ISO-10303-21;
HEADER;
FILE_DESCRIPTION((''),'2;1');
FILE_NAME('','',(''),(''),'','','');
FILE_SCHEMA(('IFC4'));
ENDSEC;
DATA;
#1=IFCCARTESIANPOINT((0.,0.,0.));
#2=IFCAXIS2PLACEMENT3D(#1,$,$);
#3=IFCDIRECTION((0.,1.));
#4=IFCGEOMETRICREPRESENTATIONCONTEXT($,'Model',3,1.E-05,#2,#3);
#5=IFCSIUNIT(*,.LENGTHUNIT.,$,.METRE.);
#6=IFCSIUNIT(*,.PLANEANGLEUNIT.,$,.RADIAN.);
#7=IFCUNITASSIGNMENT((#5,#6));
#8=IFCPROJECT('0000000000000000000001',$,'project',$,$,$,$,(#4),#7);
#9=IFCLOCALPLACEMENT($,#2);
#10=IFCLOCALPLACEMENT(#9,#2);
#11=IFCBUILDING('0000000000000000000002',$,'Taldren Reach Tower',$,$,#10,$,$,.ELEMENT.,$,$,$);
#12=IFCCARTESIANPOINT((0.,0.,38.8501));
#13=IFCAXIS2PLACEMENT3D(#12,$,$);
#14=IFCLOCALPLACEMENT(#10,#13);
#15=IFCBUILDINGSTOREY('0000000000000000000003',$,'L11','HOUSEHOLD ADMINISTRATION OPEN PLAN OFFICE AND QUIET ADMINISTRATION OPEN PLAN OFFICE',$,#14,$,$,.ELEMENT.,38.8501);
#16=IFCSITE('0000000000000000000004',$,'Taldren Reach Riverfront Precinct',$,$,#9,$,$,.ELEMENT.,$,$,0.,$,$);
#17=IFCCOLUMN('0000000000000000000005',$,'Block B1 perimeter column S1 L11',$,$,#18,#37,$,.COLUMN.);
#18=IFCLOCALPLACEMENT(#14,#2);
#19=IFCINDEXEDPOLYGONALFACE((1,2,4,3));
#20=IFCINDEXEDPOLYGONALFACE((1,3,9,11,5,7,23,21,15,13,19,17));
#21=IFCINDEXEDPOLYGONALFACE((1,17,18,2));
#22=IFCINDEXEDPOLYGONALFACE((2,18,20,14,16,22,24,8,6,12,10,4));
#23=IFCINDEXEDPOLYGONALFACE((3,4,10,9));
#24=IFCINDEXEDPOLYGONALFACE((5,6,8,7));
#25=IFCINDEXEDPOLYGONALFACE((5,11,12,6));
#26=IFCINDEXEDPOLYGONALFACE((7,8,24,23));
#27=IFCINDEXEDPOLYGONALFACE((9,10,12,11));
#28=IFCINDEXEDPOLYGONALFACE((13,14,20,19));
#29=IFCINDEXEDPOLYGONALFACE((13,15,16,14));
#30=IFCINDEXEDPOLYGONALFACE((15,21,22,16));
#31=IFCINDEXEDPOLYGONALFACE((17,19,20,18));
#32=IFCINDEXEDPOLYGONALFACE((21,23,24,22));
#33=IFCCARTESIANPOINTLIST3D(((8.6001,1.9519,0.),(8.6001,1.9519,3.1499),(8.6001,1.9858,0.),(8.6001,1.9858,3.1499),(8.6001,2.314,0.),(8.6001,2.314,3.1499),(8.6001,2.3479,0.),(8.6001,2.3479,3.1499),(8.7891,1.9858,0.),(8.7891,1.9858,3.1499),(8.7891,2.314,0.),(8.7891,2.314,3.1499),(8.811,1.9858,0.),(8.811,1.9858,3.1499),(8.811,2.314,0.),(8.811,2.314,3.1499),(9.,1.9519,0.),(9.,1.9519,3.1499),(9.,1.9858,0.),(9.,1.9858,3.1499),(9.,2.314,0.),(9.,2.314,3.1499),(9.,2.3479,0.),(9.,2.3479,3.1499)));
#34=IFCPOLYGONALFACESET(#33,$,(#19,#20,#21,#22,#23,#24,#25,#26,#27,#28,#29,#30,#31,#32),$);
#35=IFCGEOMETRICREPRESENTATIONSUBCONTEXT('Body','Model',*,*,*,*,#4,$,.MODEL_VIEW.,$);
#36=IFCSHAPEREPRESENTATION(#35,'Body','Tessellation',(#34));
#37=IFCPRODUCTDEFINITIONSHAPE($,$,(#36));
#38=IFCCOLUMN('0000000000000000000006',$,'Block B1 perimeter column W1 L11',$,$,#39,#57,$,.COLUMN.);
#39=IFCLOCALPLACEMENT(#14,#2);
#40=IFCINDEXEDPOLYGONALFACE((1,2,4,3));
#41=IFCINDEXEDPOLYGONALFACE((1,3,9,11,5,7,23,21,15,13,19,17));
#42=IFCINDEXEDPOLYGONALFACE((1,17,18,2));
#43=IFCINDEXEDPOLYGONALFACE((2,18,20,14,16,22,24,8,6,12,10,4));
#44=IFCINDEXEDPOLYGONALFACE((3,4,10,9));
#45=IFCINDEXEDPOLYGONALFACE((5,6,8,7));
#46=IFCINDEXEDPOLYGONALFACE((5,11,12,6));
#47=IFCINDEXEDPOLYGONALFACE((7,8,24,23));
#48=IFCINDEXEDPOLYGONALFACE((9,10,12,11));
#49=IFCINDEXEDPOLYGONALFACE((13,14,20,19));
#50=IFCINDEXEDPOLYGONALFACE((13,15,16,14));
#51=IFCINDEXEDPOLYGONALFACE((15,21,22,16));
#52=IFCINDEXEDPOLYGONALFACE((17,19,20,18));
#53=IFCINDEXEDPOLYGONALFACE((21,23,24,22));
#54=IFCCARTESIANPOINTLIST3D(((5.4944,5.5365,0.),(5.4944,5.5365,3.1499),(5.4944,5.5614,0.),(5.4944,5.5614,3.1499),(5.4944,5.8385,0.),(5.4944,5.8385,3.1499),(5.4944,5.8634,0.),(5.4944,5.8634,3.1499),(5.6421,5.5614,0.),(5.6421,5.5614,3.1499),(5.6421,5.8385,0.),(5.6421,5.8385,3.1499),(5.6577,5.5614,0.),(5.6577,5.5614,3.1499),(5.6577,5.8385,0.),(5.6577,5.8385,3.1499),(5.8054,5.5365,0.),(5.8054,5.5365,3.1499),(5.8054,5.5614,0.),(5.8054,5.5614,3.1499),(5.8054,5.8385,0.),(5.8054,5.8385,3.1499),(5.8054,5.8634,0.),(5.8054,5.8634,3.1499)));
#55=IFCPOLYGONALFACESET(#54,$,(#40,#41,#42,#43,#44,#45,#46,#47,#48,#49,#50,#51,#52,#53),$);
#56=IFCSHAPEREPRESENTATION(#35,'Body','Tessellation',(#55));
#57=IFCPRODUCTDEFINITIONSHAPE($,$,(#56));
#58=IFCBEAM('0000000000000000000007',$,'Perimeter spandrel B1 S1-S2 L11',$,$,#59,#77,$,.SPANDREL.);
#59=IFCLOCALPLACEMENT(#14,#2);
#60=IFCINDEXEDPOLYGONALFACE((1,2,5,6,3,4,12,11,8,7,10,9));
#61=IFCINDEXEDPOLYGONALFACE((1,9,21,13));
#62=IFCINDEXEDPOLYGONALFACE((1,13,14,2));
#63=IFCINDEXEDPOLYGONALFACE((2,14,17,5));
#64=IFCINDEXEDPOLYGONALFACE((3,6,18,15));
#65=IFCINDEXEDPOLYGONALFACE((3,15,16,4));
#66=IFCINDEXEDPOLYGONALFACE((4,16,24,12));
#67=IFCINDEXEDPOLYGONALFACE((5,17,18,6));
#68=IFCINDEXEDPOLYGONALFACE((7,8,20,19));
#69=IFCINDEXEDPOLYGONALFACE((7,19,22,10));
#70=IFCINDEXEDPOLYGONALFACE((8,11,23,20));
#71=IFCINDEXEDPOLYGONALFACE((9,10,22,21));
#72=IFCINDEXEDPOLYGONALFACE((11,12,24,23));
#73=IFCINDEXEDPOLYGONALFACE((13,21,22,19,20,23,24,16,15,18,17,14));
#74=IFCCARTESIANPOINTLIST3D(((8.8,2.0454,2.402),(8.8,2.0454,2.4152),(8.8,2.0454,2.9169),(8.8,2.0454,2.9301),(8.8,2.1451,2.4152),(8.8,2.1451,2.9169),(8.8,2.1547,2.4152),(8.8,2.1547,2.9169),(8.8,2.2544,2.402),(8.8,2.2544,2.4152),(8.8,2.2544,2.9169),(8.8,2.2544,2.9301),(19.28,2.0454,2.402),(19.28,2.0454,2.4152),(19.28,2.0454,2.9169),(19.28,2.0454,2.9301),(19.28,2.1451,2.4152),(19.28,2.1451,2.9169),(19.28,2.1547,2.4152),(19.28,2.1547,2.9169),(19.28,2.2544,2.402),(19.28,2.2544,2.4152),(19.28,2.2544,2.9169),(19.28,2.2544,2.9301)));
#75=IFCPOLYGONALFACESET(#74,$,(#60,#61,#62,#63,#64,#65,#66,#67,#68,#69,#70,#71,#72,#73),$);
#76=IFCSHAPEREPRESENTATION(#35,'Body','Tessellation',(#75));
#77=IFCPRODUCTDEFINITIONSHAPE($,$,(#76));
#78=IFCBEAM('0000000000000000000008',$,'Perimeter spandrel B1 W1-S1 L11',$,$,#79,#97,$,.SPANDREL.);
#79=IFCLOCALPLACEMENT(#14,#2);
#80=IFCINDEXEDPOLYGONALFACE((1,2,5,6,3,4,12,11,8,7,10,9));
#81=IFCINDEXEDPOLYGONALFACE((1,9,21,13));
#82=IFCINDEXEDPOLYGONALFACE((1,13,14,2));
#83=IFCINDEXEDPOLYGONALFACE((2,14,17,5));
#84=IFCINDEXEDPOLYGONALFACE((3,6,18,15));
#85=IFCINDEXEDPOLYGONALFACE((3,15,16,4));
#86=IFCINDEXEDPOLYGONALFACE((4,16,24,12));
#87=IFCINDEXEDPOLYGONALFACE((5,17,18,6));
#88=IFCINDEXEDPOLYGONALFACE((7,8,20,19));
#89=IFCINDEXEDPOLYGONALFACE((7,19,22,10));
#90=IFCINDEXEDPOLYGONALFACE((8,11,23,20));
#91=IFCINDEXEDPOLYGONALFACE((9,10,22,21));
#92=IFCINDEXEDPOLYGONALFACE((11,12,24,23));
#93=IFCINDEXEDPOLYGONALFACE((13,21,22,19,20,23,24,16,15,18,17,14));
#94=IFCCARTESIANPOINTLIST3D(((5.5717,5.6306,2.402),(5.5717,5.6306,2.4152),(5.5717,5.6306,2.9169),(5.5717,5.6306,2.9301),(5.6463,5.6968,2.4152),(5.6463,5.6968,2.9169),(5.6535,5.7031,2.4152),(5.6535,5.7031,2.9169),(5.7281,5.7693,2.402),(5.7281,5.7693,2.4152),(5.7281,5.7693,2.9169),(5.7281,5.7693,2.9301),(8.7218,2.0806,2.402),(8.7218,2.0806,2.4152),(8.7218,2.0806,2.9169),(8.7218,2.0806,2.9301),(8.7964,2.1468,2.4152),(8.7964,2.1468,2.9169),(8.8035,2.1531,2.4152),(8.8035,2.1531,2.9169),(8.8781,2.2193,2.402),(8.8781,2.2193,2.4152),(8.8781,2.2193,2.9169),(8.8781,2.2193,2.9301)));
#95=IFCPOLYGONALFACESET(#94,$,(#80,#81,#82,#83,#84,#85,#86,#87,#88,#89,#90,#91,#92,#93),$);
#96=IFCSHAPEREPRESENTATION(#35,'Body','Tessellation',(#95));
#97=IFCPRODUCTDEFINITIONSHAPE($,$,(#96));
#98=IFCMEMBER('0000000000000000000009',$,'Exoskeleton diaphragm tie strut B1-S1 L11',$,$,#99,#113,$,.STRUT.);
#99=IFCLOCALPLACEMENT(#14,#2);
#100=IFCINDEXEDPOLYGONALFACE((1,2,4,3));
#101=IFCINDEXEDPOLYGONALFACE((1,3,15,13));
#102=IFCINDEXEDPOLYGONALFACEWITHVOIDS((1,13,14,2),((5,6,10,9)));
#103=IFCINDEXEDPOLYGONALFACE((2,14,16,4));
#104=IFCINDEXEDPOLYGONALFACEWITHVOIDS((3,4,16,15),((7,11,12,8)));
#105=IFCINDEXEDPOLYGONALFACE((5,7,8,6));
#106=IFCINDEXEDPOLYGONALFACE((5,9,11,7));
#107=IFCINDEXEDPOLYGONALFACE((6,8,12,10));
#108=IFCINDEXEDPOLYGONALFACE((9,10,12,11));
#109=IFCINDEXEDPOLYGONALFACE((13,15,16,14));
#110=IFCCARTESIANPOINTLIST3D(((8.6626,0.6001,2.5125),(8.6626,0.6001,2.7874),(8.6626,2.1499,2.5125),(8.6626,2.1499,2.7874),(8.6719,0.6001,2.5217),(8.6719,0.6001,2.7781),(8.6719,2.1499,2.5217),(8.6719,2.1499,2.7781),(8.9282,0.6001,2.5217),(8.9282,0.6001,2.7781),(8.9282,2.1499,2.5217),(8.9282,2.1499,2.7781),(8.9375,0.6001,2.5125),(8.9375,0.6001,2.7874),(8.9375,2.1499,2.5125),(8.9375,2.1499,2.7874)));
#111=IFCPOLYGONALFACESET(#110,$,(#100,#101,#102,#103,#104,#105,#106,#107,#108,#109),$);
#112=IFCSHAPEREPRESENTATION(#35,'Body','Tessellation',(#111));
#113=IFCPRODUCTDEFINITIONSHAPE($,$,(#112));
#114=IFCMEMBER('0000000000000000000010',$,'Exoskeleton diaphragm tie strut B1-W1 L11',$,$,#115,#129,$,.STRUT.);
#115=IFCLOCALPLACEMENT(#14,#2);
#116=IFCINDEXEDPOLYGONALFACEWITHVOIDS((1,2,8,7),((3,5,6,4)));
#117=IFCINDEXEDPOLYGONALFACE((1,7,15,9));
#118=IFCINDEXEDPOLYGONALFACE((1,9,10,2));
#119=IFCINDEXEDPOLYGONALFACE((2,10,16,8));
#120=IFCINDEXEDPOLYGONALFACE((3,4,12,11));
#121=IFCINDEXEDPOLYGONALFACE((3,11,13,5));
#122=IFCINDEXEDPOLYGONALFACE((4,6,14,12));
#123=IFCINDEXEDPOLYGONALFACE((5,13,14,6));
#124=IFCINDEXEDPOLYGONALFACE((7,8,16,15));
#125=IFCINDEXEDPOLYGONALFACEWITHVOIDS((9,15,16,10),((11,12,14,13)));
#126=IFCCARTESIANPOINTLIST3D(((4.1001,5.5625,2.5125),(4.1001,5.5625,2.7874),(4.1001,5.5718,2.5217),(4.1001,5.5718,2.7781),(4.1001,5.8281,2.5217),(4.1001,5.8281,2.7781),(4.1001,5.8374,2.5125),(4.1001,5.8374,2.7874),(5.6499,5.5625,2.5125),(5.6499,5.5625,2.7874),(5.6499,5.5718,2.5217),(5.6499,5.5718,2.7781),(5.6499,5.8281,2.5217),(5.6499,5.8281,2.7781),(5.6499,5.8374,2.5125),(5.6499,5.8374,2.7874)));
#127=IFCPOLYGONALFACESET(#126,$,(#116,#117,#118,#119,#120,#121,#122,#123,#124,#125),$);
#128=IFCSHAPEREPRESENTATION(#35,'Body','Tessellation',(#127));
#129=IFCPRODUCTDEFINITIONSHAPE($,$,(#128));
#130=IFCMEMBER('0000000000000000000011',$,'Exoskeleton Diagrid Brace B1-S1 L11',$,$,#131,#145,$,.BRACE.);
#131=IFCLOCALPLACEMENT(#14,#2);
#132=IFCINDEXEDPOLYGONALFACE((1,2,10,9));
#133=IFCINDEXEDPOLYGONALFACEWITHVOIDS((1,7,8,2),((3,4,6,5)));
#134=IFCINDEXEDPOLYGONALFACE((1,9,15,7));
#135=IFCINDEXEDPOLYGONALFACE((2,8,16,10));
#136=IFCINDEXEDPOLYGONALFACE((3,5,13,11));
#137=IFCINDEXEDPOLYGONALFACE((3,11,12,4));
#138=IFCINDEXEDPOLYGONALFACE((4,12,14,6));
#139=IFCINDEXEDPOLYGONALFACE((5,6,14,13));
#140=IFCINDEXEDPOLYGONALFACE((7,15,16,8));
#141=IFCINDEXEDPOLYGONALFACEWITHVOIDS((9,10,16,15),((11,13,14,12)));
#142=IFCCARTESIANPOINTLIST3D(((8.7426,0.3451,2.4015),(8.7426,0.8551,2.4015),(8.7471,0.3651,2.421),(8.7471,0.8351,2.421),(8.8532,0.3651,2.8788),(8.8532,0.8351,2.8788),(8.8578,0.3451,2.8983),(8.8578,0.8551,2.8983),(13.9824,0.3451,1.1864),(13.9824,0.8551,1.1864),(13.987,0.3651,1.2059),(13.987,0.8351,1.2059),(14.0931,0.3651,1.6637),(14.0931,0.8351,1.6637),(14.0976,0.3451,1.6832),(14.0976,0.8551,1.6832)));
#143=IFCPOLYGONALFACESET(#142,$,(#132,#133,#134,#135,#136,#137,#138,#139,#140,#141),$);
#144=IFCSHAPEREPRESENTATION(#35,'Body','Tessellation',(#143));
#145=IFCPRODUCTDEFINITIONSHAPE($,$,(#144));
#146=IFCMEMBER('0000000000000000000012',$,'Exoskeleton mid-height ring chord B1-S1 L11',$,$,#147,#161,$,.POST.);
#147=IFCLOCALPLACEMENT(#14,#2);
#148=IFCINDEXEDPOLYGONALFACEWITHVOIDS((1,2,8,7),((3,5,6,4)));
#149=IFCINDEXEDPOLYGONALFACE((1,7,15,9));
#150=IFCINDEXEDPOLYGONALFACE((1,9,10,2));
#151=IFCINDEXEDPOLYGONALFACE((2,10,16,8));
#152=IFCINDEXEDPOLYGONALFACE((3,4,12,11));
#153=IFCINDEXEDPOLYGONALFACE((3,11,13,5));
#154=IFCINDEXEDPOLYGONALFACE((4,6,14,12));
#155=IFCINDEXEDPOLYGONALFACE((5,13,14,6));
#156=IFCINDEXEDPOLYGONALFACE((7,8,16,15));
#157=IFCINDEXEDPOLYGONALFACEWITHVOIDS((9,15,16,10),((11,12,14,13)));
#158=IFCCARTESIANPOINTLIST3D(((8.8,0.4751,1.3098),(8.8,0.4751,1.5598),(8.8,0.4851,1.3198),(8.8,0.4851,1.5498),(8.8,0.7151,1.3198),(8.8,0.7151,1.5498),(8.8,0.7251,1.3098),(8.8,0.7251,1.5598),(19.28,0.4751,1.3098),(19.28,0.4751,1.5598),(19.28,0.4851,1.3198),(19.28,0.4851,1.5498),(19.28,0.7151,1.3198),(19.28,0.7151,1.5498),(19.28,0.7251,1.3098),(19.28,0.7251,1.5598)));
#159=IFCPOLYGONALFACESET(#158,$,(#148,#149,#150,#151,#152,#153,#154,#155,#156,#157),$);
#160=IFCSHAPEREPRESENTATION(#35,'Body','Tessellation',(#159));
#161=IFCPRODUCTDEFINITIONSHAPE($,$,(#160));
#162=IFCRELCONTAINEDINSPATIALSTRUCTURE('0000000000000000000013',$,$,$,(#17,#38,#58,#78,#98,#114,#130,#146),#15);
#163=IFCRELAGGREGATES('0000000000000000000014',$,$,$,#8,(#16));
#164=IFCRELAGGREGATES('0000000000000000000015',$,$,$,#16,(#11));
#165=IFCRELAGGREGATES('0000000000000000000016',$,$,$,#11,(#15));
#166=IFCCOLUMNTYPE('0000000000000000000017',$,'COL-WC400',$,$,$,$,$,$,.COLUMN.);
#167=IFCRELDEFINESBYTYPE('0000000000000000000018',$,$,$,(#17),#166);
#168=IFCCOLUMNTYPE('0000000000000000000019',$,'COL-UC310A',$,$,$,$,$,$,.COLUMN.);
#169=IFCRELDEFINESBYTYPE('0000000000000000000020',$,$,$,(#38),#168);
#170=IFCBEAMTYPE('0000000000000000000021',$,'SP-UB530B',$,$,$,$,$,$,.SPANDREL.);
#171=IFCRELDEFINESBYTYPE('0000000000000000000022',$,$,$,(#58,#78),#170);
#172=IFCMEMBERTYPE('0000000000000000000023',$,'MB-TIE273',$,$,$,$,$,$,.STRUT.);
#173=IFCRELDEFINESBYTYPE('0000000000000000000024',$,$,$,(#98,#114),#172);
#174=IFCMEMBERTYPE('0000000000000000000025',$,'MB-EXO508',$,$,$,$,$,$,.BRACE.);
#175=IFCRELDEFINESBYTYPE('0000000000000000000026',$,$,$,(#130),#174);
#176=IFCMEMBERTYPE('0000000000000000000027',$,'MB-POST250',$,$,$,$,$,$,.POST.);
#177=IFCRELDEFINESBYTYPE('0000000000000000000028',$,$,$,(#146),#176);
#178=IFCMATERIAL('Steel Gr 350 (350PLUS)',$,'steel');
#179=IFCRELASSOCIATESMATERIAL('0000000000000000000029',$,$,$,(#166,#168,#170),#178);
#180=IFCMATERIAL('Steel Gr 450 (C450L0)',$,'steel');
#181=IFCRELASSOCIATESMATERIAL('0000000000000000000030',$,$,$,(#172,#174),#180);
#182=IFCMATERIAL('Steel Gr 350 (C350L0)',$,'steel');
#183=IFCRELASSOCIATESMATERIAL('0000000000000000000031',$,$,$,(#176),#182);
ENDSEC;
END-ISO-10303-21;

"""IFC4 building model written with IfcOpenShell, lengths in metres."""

from ifc_helpers import new_model, si_unit, direction, frame, origin, origin_2d, place, context, subcontext, project, spatial, hollow_rectangle, i_section, extrude, source, transform, mapped, material, material_profile, profile_set, type_object, element, save


model = new_model("IFC4")

# Units and contexts
model_context = context("Model", 3, precision=1e-05, world=origin(), true_north=direction((0.0, 1.0)))
body_context = subcontext(model_context, "Body", "Model", "MODEL_VIEW")
ifc_project = project(units=[si_unit("LENGTHUNIT", "METRE"), si_unit("PLANEANGLEUNIT", "RADIAN")], contexts=[model_context])

# Site, building, storey
site_placement = place(None, origin())
site = spatial("IfcSite", under=ifc_project, at=site_placement, Name="Taldren Reach Riverfront Precinct", CompositionType="ELEMENT", RefElevation=0.0)
building_placement = place(site_placement, origin())
building = spatial("IfcBuilding", under=site, at=building_placement, Name="Taldren Reach Tower", CompositionType="ELEMENT")
storey_placement = place(building_placement, frame((0.0, 0.0, 38.8501)))
storey = spatial("IfcBuildingStorey", under=building, at=storey_placement, Name="L11", Description="HOUSEHOLD ADMINISTRATION OPEN PLAN OFFICE AND QUIET ADMINISTRATION OPEN PLAN OFFICE", CompositionType="ELEMENT", Elevation=38.8501)

# Columns
ifc_material_1 = material(Name="Steel Gr 350 (350PLUS)", Category="steel")
ifc_material_profile_1 = material_profile(ifc_material_1, i_section(OverallWidth=0.3999, OverallDepth=0.396, WebThickness=0.022, FlangeThickness=0.0339, at=origin_2d()), Name="400WC270")
ifc_profile_set_1 = profile_set([ifc_material_profile_1], Name="Steel Gr 350 (350PLUS)")
column_type_1 = type_object("IfcColumnType", Name="COL-WC400", PredefinedType="COLUMN", material=ifc_profile_set_1)
shared_shape_1 = source(origin(), body_context, "Body", "SweptSolid", [
    extrude(i_section(OverallWidth=0.3999, OverallDepth=0.396, WebThickness=0.022, FlangeThickness=0.0339, at=origin_2d()), origin(), (0.0, 0.0, 1.0), 3.1499),
])
column_1_placement = place(storey_placement, frame((8.8, 2.1499, 0.0), z_axis=(0.0, 0.0, 1.0), x_axis=(1.0, 0.0, 0.0)))
element("IfcColumn", 1, at=column_1_placement, inside=storey, type_object=column_type_1, Name="Block B1 perimeter column S1 L11", PredefinedType="COLUMN", context=body_context, shape_type="MappedRepresentation", body=[
    mapped(shared_shape_1, transform((0.0, 0.0, 0.0), scale=1.0)),
])
ifc_material_profile_2 = material_profile(ifc_material_1, i_section(OverallWidth=0.311, OverallDepth=0.3269, WebThickness=0.0156, FlangeThickness=0.0249, at=origin_2d()), Name="310UC158")
ifc_profile_set_2 = profile_set([ifc_material_profile_2], Name="Steel Gr 350 (350PLUS)")
column_type_2 = type_object("IfcColumnType", Name="COL-UC310A", PredefinedType="COLUMN", material=ifc_profile_set_2)
shared_shape_2 = source(origin(), body_context, "Body", "SweptSolid", [
    extrude(i_section(OverallWidth=0.311, OverallDepth=0.3269, WebThickness=0.0156, FlangeThickness=0.0249, at=origin_2d()), origin(), (0.0, 0.0, 1.0), 3.1499),
])
column_2_placement = place(storey_placement, frame((5.6499, 5.7, 0.0), z_axis=(0.0, 0.0, 1.0), x_axis=(1.0, 0.0, 0.0)))
element("IfcColumn", 2, at=column_2_placement, inside=storey, type_object=column_type_2, Name="Block B1 perimeter column W1 L11", PredefinedType="COLUMN", context=body_context, shape_type="MappedRepresentation", body=[
    mapped(shared_shape_2, transform((0.0, 0.0, 0.0), scale=1.0)),
])

# Beams
ifc_material_profile_3 = material_profile(ifc_material_1, i_section(OverallWidth=0.209, OverallDepth=0.5281, WebThickness=0.0095, FlangeThickness=0.0132, at=origin_2d()), Name="530UB82.0")
ifc_profile_set_3 = profile_set([ifc_material_profile_3], Name="Steel Gr 350 (350PLUS)")
beam_type = type_object("IfcBeamType", Name="SP-UB530B", PredefinedType="SPANDREL", material=ifc_profile_set_3)
shared_shape_3 = source(origin(), body_context, "Body", "SweptSolid", [
    extrude(i_section(OverallWidth=0.209, OverallDepth=0.5281, WebThickness=0.0095, FlangeThickness=0.0132, at=origin_2d()), origin(), (0.0, 0.0, 1.0), 10.48),
])
beam_1_placement = place(storey_placement, frame((8.8, 2.1499, 2.666), z_axis=(1.0, 0.0, 0.0), x_axis=(0.0, 1.0, 0.0)))
element("IfcBeam", 3, at=beam_1_placement, inside=storey, type_object=beam_type, Name="Perimeter spandrel B1 S1-S2 L11", PredefinedType="SPANDREL", context=body_context, shape_type="MappedRepresentation", body=[
    mapped(shared_shape_3, transform((0.0, 0.0, 0.0), scale=1.0)),
])
shared_shape_4 = source(origin(), body_context, "Body", "SweptSolid", [
    extrude(i_section(OverallWidth=0.209, OverallDepth=0.5281, WebThickness=0.0095, FlangeThickness=0.0132, at=origin_2d()), origin(), (0.0, 0.0, 1.0), 4.7461),
])
beam_2_placement = place(storey_placement, frame((5.6499, 5.7, 2.666), z_axis=(0.663722, -0.747979, 0.0), x_axis=(0.747979, 0.663722, 0.0)))
element("IfcBeam", 4, at=beam_2_placement, inside=storey, type_object=beam_type, Name="Perimeter spandrel B1 W1-S1 L11", PredefinedType="SPANDREL", context=body_context, shape_type="MappedRepresentation", body=[
    mapped(shared_shape_4, transform((0.0, 0.0, 0.0), scale=1.0)),
])

# Members
ifc_material_2 = material(Name="Steel Gr 450 (C450L0)", Category="steel")
ifc_material_profile_4 = material_profile(ifc_material_2, hollow_rectangle(XDim=0.2749, YDim=0.2749, WallThickness=0.0093, at=origin_2d()), Name="275x275x9.3SHS")
ifc_profile_set_4 = profile_set([ifc_material_profile_4], Name="Steel Gr 450 (C450L0)")
member_type_1 = type_object("IfcMemberType", Name="MB-TIE273", PredefinedType="STRUT", material=ifc_profile_set_4)
shared_shape_5 = source(origin(), body_context, "Body", "SweptSolid", [
    extrude(hollow_rectangle(XDim=0.2749, YDim=0.2749, WallThickness=0.0093, at=origin_2d()), origin(), (0.0, 0.0, 1.0), 1.5498),
])
for number, where, z_axis, x_axis, name in (
    (5, (8.8, 2.1499, 2.6499), (0.0, -1.0, 0.0), (1.0, 0.0, 0.0), "Exoskeleton diaphragm tie strut B1-S1 L11"),
    (6, (5.6499, 5.7, 2.6499), (-1.0, 0.0, 0.0), (0.0, -1.0, 0.0), "Exoskeleton diaphragm tie strut B1-W1 L11"),
):
    element("IfcMember", number, at=place(storey_placement, frame(where, z_axis=z_axis, x_axis=x_axis)), inside=storey, type_object=member_type_1, Name=name, PredefinedType="STRUT", context=body_context, shape_type="MappedRepresentation", body=[
        mapped(shared_shape_5, transform((0.0, 0.0, 0.0), scale=1.0)),
    ])
ifc_material_profile_5 = material_profile(ifc_material_2, hollow_rectangle(XDim=0.51, YDim=0.51, WallThickness=0.02, at=origin_2d()), Name="510x510x20.0SHS")
ifc_profile_set_5 = profile_set([ifc_material_profile_5], Name="Steel Gr 450 (C450L0)")
member_type_2 = type_object("IfcMemberType", Name="MB-EXO508", PredefinedType="BRACE", material=ifc_profile_set_5)
shared_shape_6 = source(origin(), body_context, "Body", "SweptSolid", [
    extrude(hollow_rectangle(XDim=0.51, YDim=0.51, WallThickness=0.02, at=origin_2d()), origin(), (0.0, 0.0, 1.0), 5.3789),
])
member_1_placement = place(storey_placement, frame((14.04, 0.6001, 1.4348), z_axis=(-0.974152, 0.0, 0.225894), x_axis=(0.0, -1.0, 0.0)))
element("IfcMember", 7, at=member_1_placement, inside=storey, type_object=member_type_2, Name="Exoskeleton Diagrid Brace B1-S1 L11", PredefinedType="BRACE", context=body_context, shape_type="MappedRepresentation", body=[
    mapped(shared_shape_6, transform((0.0, 0.0, 0.0), scale=1.0)),
])
ifc_material_3 = material(Name="Steel Gr 350 (C350L0)", Category="steel")
ifc_material_profile_6 = material_profile(ifc_material_3, hollow_rectangle(XDim=0.25, YDim=0.25, WallThickness=0.01, at=origin_2d()), Name="250x250x10.0SHS")
ifc_profile_set_6 = profile_set([ifc_material_profile_6], Name="Steel Gr 350 (C350L0)")
member_type_3 = type_object("IfcMemberType", Name="MB-POST250", PredefinedType="POST", material=ifc_profile_set_6)
shared_shape_7 = source(origin(), body_context, "Body", "SweptSolid", [
    extrude(hollow_rectangle(XDim=0.25, YDim=0.25, WallThickness=0.01, at=origin_2d()), origin(), (0.0, 0.0, 1.0), 10.48),
])
member_2_placement = place(storey_placement, frame((8.8, 0.6001, 1.4348), z_axis=(1.0, 0.0, 0.0), x_axis=(0.0, 1.0, 0.0)))
element("IfcMember", 8, at=member_2_placement, inside=storey, type_object=member_type_3, Name="Exoskeleton mid-height ring chord B1-S1 L11", PredefinedType="POST", context=body_context, shape_type="MappedRepresentation", body=[
    mapped(shared_shape_7, transform((0.0, 0.0, 0.0), scale=1.0)),
])

save(model, "model.ifc")
